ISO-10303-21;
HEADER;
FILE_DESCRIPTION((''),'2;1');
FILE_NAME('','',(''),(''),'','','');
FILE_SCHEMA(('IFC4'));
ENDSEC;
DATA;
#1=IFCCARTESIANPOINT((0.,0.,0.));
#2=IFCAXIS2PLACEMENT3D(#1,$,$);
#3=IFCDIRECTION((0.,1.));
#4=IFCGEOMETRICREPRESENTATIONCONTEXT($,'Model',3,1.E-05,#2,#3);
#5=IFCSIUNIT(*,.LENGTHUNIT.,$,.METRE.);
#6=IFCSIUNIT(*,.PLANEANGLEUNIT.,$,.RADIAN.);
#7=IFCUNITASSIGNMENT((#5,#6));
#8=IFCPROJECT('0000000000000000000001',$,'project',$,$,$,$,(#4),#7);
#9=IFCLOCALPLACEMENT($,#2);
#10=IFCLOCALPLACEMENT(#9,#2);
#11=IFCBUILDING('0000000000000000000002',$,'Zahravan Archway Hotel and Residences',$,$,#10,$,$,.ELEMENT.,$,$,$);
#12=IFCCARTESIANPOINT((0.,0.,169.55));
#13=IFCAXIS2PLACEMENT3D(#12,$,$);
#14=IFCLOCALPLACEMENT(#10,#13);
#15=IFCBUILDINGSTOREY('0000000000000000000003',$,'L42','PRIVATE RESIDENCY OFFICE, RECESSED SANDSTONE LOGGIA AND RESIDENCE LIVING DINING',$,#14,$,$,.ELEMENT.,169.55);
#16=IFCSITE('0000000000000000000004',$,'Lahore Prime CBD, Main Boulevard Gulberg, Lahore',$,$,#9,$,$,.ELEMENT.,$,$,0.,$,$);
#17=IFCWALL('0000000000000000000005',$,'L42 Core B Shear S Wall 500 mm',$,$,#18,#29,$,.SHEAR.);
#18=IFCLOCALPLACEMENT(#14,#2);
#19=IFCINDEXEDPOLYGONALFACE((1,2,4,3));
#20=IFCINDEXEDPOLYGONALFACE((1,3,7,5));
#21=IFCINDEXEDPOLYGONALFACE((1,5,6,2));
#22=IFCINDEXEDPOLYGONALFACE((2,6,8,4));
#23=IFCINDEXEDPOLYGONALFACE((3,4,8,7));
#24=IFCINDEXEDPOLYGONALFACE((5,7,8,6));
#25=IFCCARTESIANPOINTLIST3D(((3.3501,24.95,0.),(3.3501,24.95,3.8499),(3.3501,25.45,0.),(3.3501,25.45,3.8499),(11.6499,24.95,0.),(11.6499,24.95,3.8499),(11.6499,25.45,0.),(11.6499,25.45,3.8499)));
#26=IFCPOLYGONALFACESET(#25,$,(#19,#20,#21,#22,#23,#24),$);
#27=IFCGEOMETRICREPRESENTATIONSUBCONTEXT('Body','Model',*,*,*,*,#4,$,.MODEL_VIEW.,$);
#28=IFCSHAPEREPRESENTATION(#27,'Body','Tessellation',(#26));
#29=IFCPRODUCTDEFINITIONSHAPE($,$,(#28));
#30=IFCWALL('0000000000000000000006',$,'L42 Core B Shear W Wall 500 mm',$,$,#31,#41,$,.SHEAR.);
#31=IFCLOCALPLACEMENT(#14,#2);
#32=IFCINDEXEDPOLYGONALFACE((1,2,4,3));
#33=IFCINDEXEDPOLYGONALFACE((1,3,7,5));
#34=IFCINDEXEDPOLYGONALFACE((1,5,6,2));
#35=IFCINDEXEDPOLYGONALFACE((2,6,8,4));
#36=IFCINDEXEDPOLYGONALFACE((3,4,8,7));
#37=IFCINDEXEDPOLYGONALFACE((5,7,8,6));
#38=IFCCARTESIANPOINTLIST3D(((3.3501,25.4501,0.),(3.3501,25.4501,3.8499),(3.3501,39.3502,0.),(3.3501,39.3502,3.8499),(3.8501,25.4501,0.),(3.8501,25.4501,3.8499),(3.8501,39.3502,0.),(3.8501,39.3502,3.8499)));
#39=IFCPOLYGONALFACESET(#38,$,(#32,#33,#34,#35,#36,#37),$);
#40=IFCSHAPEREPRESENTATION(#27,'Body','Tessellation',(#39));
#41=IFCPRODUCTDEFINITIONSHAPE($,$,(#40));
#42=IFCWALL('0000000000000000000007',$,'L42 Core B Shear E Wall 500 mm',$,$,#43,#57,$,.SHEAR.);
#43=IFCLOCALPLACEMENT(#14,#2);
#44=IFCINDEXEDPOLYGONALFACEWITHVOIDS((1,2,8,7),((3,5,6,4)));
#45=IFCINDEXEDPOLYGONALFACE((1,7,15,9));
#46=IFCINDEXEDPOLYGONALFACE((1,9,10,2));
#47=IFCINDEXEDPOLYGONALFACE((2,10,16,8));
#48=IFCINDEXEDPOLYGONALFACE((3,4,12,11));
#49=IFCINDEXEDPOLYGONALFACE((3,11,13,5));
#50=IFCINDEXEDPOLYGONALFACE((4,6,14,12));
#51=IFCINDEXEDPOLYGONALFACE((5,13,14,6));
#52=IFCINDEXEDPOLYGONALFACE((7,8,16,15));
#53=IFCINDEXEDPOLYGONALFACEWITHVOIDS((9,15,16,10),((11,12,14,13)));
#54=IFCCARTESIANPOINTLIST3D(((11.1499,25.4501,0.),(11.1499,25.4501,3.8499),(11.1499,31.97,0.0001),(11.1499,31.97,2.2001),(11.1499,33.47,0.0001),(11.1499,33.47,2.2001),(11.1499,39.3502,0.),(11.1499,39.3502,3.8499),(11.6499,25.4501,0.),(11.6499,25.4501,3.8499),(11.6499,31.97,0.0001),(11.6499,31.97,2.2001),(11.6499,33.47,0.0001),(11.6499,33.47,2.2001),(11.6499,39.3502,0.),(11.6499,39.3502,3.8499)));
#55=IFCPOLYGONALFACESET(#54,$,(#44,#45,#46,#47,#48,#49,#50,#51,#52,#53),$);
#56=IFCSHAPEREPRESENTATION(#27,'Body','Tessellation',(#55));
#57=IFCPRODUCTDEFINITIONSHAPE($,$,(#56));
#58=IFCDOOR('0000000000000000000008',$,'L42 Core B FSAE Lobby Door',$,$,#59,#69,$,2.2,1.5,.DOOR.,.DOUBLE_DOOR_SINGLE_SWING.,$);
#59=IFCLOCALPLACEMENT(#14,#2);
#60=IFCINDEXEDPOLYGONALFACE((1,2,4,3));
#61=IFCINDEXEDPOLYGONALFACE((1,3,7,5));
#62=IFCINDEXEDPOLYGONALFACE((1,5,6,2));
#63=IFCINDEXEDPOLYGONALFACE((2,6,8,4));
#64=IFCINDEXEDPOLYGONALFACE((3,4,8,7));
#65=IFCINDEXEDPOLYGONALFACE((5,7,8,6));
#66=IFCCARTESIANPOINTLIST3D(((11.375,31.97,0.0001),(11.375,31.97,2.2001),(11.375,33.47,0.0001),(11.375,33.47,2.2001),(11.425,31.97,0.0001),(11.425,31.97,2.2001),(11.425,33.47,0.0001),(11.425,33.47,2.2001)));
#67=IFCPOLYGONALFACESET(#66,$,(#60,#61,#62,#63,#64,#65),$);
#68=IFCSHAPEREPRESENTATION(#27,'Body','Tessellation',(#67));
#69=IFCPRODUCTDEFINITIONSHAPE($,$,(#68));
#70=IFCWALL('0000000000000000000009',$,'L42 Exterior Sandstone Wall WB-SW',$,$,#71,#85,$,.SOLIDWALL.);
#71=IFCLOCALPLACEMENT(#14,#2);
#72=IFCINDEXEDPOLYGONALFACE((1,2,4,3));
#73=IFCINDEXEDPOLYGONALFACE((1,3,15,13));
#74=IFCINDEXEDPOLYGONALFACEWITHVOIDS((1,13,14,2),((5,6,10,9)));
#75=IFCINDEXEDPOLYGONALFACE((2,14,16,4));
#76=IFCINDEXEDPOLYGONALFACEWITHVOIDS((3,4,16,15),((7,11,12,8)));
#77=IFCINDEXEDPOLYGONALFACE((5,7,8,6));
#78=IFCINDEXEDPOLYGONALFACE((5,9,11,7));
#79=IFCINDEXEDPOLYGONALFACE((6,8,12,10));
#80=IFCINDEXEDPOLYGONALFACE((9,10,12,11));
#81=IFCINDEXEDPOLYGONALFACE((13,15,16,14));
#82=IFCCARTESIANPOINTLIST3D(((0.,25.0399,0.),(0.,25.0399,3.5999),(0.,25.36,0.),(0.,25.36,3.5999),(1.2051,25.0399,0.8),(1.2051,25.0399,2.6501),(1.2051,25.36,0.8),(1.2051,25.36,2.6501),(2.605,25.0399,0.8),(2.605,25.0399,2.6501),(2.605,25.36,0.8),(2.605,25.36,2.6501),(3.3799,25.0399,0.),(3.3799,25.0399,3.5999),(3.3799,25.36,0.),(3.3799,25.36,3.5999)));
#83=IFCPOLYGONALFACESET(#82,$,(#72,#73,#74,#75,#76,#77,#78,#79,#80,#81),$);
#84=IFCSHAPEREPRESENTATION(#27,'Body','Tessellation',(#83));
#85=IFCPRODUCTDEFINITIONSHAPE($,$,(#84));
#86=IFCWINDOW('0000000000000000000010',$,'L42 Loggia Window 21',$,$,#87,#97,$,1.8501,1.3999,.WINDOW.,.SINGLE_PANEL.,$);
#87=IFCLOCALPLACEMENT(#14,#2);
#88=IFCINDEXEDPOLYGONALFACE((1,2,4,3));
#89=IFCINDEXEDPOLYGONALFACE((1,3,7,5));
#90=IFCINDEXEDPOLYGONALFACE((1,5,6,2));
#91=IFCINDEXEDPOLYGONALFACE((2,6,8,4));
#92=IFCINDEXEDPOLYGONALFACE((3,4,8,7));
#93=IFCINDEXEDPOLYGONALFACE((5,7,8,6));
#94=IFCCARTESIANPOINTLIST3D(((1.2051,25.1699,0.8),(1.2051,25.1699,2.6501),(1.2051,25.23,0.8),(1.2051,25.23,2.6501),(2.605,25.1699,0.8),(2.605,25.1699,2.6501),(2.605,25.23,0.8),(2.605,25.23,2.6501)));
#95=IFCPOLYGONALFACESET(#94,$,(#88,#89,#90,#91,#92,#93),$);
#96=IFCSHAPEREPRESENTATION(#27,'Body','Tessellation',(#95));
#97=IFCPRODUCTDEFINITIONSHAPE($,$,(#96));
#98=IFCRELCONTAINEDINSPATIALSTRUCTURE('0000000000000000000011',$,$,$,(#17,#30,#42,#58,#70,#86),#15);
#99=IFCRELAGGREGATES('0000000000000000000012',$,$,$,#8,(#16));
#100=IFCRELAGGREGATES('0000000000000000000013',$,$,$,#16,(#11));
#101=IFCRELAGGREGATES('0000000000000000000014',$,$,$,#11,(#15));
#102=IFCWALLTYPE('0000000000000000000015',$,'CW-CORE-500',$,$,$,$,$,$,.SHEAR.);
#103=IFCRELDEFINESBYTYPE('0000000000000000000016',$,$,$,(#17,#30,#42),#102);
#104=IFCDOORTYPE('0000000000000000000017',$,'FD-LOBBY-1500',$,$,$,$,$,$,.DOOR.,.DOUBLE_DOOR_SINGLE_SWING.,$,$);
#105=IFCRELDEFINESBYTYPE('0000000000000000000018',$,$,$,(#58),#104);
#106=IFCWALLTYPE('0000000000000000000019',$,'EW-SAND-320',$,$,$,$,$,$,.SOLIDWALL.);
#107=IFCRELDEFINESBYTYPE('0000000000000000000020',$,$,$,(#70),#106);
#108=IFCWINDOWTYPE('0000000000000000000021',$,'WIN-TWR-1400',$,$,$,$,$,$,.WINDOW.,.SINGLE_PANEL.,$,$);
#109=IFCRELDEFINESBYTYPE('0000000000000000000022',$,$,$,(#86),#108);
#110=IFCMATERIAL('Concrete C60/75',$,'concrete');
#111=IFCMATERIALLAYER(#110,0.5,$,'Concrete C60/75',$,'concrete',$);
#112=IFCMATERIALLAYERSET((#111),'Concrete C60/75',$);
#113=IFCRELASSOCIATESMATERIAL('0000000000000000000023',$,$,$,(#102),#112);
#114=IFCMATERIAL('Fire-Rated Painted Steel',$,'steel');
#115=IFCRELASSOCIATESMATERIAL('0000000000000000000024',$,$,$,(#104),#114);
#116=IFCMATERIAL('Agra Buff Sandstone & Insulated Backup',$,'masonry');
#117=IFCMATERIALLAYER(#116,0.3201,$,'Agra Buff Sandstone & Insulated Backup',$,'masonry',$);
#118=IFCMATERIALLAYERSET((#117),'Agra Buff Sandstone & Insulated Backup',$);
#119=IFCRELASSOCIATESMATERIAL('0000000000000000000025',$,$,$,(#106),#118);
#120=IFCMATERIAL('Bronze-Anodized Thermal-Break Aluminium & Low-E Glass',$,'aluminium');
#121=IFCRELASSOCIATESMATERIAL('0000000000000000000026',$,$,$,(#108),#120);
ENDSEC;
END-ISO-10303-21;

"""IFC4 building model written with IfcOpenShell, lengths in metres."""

from ifc_helpers import new_model, si_unit, direction, frame, frame_2d, origin, place, context, subcontext, project, spatial, rectangle, extrude, source, transform, mapped, material, layer, layer_set, type_object, type_shapes, element, fill, save


model = new_model("IFC4")

# Units and contexts
model_context = context("Model", 3, precision=1e-05, world=origin(), true_north=direction((0.0, 1.0)))
body_context = subcontext(model_context, "Body", "Model", "MODEL_VIEW")
ifc_project = project(units=[si_unit("LENGTHUNIT", "METRE"), si_unit("PLANEANGLEUNIT", "RADIAN")], contexts=[model_context])

# Site, building, storey
site_placement = place(None, origin())
site = spatial("IfcSite", under=ifc_project, at=site_placement, Name="Lahore Prime CBD, Main Boulevard Gulberg, Lahore", CompositionType="ELEMENT", RefElevation=0.0)
building_placement = place(site_placement, origin())
building = spatial("IfcBuilding", under=site, at=building_placement, Name="Zahravan Archway Hotel and Residences", CompositionType="ELEMENT")
storey_placement = place(building_placement, frame((0.0, 0.0, 169.55)))
storey = spatial("IfcBuildingStorey", under=building, at=storey_placement, Name="L42", Description="PRIVATE RESIDENCY OFFICE, RECESSED SANDSTONE LOGGIA AND RESIDENCE LIVING DINING", CompositionType="ELEMENT", Elevation=169.55)

# Shared definitions
ifc_material_1 = material(Name="Concrete C60/75", Category="concrete")

# Walls
ifc_layer_1 = layer(ifc_material_1, 0.5, Name="Concrete C60/75", Category="concrete")
ifc_layer_set_1 = layer_set([ifc_layer_1], Name="Concrete C60/75")
wall_type_1 = type_object("IfcWallType", Name="CW-CORE-500", PredefinedType="SHEAR", material=ifc_layer_set_1)
wall_1_placement = place(storey_placement, frame((3.3501, 25.2, 0.0), z_axis=(0.0, 0.0, 1.0), x_axis=(1.0, 0.0, 0.0)))
element("IfcWall", 1, at=wall_1_placement, inside=storey, type_object=wall_type_1, Name="L42 Core B Shear S Wall 500 mm", PredefinedType="SHEAR", context=body_context, shape_type="SweptSolid", body=[
    extrude(rectangle(XDim=8.2998, YDim=0.5, at=frame_2d((4.1499, 0.0))), origin(), (0.0, 0.0, 1.0), 3.8499),
])
wall_2_placement = place(storey_placement, frame((3.6001, 25.45, 0.0), z_axis=(0.0, 0.0, 1.0), x_axis=(0.0, 1.0, 0.0)))
element("IfcWall", 2, at=wall_2_placement, inside=storey, type_object=wall_type_1, Name="L42 Core B Shear W Wall 500 mm", PredefinedType="SHEAR", context=body_context, shape_type="SweptSolid", body=[
    extrude(rectangle(XDim=13.9001, YDim=0.5, at=frame_2d((6.9502, 0.0))), origin(), (0.0, 0.0, 1.0), 3.8499),
])

# Wall, opening, door
wall_3_placement = place(storey_placement, frame((11.3999, 25.45, 0.0), z_axis=(0.0, 0.0, 1.0), x_axis=(0.0, 1.0, 0.0)))
wall_3 = element("IfcWall", 3, at=wall_3_placement, inside=storey, type_object=wall_type_1, Name="L42 Core B Shear E Wall 500 mm", PredefinedType="SHEAR", context=body_context, shape_type="SweptSolid", body=[
    extrude(rectangle(XDim=13.9001, YDim=0.5, at=frame_2d((6.9502, 0.0))), origin(), (0.0, 0.0, 1.0), 3.8499),
])
opening_1_placement = place(wall_3_placement, frame((6.52, 0.0, 0.0)))
opening_1 = element("IfcOpeningElement", 4, at=opening_1_placement, cuts=wall_3, PredefinedType="OPENING", context=body_context, shape_type="SweptSolid", body=[
    extrude(rectangle(XDim=1.5, YDim=2.2, at=frame_2d((0.75, 1.1001))), frame((0.0, 0.26, 0.0), z_axis=(0.0, -1.0, 0.0), x_axis=(1.0, 0.0, 0.0)), (0.0, 0.0, 1.0), 0.52),
])
ifc_material_2 = material(Name="Fire-Rated Painted Steel", Category="steel")
door_type_1 = type_object("IfcDoorType", Name="FD-LOBBY-1500", OperationType="DOUBLE_DOOR_SINGLE_SWING", PredefinedType="DOOR", material=ifc_material_2)
shared_shape_1 = source(origin(), body_context, "Body", "SweptSolid", [
    extrude(rectangle(XDim=1.5, YDim=2.2, at=frame_2d((0.75, 1.1001))), frame((0.0, 0.0249, 0.0), z_axis=(0.0, -1.0, 0.0), x_axis=(1.0, 0.0, 0.0)), (0.0, 0.0, 1.0), 0.05),
])
type_shapes(door_type_1, [shared_shape_1])
door_1_placement = place(opening_1_placement, origin())
door_1 = element("IfcDoor", 5, at=door_1_placement, inside=storey, type_object=door_type_1, Name="L42 Core B FSAE Lobby Door", OperationType="DOUBLE_DOOR_SINGLE_SWING", OverallHeight=2.2, OverallWidth=1.5, PredefinedType="DOOR", context=body_context, shape_type="MappedRepresentation", body=[
    mapped(shared_shape_1, transform((0.0, 0.0, 0.0), scale=1.0)),
])
fill(opening_1, door_1)

# Wall, opening, window
ifc_material_3 = material(Name="Agra Buff Sandstone & Insulated Backup", Category="masonry")
ifc_layer_2 = layer(ifc_material_3, 0.3201, Name="Agra Buff Sandstone & Insulated Backup", Category="masonry")
ifc_layer_set_2 = layer_set([ifc_layer_2], Name="Agra Buff Sandstone & Insulated Backup")
wall_type_2 = type_object("IfcWallType", Name="EW-SAND-320", PredefinedType="SOLIDWALL", material=ifc_layer_set_2)
wall_4_placement = place(storey_placement, frame((0.0, 25.2, 0.0), z_axis=(0.0, 0.0, 1.0), x_axis=(1.0, 0.0, 0.0)))
wall_4 = element("IfcWall", 6, at=wall_4_placement, inside=storey, type_object=wall_type_2, Name="L42 Exterior Sandstone Wall WB-SW", PredefinedType="SOLIDWALL", context=body_context, shape_type="SweptSolid", body=[
    extrude(rectangle(XDim=3.3799, YDim=0.3201, at=frame_2d((1.6899, 0.0))), origin(), (0.0, 0.0, 1.0), 3.5999),
])
opening_2_placement = place(wall_4_placement, frame((1.2051, 0.0, 0.8)))
opening_2 = element("IfcOpeningElement", 7, at=opening_2_placement, cuts=wall_4, PredefinedType="OPENING", context=body_context, shape_type="SweptSolid", body=[
    extrude(rectangle(XDim=1.3999, YDim=1.8501, at=frame_2d((0.7, 0.925))), frame((0.0, 0.1699, 0.0), z_axis=(0.0, -1.0, 0.0), x_axis=(1.0, 0.0, 0.0)), (0.0, 0.0, 1.0), 0.3401),
])
ifc_material_4 = material(Name="Bronze-Anodized Thermal-Break Aluminium & Low-E Glass", Category="aluminium")
window_type_1 = type_object("IfcWindowType", Name="WIN-TWR-1400", PartitioningType="SINGLE_PANEL", PredefinedType="WINDOW", material=ifc_material_4)
shared_shape_2 = source(origin(), body_context, "Body", "SweptSolid", [
    extrude(rectangle(XDim=1.3999, YDim=1.8501, at=frame_2d((0.7, 0.925))), frame((0.0, 0.03, 0.0), z_axis=(0.0, -1.0, 0.0), x_axis=(1.0, 0.0, 0.0)), (0.0, 0.0, 1.0), 0.0601),
])
type_shapes(window_type_1, [shared_shape_2])
window_1_placement = place(opening_2_placement, origin())
window_1 = element("IfcWindow", 8, at=window_1_placement, inside=storey, type_object=window_type_1, Name="L42 Loggia Window 21", OverallHeight=1.8501, OverallWidth=1.3999, PartitioningType="SINGLE_PANEL", PredefinedType="WINDOW", context=body_context, shape_type="MappedRepresentation", body=[
    mapped(shared_shape_2, transform((0.0, 0.0, 0.0), scale=1.0)),
])
fill(opening_2, window_1)

save(model, "model.ifc")
